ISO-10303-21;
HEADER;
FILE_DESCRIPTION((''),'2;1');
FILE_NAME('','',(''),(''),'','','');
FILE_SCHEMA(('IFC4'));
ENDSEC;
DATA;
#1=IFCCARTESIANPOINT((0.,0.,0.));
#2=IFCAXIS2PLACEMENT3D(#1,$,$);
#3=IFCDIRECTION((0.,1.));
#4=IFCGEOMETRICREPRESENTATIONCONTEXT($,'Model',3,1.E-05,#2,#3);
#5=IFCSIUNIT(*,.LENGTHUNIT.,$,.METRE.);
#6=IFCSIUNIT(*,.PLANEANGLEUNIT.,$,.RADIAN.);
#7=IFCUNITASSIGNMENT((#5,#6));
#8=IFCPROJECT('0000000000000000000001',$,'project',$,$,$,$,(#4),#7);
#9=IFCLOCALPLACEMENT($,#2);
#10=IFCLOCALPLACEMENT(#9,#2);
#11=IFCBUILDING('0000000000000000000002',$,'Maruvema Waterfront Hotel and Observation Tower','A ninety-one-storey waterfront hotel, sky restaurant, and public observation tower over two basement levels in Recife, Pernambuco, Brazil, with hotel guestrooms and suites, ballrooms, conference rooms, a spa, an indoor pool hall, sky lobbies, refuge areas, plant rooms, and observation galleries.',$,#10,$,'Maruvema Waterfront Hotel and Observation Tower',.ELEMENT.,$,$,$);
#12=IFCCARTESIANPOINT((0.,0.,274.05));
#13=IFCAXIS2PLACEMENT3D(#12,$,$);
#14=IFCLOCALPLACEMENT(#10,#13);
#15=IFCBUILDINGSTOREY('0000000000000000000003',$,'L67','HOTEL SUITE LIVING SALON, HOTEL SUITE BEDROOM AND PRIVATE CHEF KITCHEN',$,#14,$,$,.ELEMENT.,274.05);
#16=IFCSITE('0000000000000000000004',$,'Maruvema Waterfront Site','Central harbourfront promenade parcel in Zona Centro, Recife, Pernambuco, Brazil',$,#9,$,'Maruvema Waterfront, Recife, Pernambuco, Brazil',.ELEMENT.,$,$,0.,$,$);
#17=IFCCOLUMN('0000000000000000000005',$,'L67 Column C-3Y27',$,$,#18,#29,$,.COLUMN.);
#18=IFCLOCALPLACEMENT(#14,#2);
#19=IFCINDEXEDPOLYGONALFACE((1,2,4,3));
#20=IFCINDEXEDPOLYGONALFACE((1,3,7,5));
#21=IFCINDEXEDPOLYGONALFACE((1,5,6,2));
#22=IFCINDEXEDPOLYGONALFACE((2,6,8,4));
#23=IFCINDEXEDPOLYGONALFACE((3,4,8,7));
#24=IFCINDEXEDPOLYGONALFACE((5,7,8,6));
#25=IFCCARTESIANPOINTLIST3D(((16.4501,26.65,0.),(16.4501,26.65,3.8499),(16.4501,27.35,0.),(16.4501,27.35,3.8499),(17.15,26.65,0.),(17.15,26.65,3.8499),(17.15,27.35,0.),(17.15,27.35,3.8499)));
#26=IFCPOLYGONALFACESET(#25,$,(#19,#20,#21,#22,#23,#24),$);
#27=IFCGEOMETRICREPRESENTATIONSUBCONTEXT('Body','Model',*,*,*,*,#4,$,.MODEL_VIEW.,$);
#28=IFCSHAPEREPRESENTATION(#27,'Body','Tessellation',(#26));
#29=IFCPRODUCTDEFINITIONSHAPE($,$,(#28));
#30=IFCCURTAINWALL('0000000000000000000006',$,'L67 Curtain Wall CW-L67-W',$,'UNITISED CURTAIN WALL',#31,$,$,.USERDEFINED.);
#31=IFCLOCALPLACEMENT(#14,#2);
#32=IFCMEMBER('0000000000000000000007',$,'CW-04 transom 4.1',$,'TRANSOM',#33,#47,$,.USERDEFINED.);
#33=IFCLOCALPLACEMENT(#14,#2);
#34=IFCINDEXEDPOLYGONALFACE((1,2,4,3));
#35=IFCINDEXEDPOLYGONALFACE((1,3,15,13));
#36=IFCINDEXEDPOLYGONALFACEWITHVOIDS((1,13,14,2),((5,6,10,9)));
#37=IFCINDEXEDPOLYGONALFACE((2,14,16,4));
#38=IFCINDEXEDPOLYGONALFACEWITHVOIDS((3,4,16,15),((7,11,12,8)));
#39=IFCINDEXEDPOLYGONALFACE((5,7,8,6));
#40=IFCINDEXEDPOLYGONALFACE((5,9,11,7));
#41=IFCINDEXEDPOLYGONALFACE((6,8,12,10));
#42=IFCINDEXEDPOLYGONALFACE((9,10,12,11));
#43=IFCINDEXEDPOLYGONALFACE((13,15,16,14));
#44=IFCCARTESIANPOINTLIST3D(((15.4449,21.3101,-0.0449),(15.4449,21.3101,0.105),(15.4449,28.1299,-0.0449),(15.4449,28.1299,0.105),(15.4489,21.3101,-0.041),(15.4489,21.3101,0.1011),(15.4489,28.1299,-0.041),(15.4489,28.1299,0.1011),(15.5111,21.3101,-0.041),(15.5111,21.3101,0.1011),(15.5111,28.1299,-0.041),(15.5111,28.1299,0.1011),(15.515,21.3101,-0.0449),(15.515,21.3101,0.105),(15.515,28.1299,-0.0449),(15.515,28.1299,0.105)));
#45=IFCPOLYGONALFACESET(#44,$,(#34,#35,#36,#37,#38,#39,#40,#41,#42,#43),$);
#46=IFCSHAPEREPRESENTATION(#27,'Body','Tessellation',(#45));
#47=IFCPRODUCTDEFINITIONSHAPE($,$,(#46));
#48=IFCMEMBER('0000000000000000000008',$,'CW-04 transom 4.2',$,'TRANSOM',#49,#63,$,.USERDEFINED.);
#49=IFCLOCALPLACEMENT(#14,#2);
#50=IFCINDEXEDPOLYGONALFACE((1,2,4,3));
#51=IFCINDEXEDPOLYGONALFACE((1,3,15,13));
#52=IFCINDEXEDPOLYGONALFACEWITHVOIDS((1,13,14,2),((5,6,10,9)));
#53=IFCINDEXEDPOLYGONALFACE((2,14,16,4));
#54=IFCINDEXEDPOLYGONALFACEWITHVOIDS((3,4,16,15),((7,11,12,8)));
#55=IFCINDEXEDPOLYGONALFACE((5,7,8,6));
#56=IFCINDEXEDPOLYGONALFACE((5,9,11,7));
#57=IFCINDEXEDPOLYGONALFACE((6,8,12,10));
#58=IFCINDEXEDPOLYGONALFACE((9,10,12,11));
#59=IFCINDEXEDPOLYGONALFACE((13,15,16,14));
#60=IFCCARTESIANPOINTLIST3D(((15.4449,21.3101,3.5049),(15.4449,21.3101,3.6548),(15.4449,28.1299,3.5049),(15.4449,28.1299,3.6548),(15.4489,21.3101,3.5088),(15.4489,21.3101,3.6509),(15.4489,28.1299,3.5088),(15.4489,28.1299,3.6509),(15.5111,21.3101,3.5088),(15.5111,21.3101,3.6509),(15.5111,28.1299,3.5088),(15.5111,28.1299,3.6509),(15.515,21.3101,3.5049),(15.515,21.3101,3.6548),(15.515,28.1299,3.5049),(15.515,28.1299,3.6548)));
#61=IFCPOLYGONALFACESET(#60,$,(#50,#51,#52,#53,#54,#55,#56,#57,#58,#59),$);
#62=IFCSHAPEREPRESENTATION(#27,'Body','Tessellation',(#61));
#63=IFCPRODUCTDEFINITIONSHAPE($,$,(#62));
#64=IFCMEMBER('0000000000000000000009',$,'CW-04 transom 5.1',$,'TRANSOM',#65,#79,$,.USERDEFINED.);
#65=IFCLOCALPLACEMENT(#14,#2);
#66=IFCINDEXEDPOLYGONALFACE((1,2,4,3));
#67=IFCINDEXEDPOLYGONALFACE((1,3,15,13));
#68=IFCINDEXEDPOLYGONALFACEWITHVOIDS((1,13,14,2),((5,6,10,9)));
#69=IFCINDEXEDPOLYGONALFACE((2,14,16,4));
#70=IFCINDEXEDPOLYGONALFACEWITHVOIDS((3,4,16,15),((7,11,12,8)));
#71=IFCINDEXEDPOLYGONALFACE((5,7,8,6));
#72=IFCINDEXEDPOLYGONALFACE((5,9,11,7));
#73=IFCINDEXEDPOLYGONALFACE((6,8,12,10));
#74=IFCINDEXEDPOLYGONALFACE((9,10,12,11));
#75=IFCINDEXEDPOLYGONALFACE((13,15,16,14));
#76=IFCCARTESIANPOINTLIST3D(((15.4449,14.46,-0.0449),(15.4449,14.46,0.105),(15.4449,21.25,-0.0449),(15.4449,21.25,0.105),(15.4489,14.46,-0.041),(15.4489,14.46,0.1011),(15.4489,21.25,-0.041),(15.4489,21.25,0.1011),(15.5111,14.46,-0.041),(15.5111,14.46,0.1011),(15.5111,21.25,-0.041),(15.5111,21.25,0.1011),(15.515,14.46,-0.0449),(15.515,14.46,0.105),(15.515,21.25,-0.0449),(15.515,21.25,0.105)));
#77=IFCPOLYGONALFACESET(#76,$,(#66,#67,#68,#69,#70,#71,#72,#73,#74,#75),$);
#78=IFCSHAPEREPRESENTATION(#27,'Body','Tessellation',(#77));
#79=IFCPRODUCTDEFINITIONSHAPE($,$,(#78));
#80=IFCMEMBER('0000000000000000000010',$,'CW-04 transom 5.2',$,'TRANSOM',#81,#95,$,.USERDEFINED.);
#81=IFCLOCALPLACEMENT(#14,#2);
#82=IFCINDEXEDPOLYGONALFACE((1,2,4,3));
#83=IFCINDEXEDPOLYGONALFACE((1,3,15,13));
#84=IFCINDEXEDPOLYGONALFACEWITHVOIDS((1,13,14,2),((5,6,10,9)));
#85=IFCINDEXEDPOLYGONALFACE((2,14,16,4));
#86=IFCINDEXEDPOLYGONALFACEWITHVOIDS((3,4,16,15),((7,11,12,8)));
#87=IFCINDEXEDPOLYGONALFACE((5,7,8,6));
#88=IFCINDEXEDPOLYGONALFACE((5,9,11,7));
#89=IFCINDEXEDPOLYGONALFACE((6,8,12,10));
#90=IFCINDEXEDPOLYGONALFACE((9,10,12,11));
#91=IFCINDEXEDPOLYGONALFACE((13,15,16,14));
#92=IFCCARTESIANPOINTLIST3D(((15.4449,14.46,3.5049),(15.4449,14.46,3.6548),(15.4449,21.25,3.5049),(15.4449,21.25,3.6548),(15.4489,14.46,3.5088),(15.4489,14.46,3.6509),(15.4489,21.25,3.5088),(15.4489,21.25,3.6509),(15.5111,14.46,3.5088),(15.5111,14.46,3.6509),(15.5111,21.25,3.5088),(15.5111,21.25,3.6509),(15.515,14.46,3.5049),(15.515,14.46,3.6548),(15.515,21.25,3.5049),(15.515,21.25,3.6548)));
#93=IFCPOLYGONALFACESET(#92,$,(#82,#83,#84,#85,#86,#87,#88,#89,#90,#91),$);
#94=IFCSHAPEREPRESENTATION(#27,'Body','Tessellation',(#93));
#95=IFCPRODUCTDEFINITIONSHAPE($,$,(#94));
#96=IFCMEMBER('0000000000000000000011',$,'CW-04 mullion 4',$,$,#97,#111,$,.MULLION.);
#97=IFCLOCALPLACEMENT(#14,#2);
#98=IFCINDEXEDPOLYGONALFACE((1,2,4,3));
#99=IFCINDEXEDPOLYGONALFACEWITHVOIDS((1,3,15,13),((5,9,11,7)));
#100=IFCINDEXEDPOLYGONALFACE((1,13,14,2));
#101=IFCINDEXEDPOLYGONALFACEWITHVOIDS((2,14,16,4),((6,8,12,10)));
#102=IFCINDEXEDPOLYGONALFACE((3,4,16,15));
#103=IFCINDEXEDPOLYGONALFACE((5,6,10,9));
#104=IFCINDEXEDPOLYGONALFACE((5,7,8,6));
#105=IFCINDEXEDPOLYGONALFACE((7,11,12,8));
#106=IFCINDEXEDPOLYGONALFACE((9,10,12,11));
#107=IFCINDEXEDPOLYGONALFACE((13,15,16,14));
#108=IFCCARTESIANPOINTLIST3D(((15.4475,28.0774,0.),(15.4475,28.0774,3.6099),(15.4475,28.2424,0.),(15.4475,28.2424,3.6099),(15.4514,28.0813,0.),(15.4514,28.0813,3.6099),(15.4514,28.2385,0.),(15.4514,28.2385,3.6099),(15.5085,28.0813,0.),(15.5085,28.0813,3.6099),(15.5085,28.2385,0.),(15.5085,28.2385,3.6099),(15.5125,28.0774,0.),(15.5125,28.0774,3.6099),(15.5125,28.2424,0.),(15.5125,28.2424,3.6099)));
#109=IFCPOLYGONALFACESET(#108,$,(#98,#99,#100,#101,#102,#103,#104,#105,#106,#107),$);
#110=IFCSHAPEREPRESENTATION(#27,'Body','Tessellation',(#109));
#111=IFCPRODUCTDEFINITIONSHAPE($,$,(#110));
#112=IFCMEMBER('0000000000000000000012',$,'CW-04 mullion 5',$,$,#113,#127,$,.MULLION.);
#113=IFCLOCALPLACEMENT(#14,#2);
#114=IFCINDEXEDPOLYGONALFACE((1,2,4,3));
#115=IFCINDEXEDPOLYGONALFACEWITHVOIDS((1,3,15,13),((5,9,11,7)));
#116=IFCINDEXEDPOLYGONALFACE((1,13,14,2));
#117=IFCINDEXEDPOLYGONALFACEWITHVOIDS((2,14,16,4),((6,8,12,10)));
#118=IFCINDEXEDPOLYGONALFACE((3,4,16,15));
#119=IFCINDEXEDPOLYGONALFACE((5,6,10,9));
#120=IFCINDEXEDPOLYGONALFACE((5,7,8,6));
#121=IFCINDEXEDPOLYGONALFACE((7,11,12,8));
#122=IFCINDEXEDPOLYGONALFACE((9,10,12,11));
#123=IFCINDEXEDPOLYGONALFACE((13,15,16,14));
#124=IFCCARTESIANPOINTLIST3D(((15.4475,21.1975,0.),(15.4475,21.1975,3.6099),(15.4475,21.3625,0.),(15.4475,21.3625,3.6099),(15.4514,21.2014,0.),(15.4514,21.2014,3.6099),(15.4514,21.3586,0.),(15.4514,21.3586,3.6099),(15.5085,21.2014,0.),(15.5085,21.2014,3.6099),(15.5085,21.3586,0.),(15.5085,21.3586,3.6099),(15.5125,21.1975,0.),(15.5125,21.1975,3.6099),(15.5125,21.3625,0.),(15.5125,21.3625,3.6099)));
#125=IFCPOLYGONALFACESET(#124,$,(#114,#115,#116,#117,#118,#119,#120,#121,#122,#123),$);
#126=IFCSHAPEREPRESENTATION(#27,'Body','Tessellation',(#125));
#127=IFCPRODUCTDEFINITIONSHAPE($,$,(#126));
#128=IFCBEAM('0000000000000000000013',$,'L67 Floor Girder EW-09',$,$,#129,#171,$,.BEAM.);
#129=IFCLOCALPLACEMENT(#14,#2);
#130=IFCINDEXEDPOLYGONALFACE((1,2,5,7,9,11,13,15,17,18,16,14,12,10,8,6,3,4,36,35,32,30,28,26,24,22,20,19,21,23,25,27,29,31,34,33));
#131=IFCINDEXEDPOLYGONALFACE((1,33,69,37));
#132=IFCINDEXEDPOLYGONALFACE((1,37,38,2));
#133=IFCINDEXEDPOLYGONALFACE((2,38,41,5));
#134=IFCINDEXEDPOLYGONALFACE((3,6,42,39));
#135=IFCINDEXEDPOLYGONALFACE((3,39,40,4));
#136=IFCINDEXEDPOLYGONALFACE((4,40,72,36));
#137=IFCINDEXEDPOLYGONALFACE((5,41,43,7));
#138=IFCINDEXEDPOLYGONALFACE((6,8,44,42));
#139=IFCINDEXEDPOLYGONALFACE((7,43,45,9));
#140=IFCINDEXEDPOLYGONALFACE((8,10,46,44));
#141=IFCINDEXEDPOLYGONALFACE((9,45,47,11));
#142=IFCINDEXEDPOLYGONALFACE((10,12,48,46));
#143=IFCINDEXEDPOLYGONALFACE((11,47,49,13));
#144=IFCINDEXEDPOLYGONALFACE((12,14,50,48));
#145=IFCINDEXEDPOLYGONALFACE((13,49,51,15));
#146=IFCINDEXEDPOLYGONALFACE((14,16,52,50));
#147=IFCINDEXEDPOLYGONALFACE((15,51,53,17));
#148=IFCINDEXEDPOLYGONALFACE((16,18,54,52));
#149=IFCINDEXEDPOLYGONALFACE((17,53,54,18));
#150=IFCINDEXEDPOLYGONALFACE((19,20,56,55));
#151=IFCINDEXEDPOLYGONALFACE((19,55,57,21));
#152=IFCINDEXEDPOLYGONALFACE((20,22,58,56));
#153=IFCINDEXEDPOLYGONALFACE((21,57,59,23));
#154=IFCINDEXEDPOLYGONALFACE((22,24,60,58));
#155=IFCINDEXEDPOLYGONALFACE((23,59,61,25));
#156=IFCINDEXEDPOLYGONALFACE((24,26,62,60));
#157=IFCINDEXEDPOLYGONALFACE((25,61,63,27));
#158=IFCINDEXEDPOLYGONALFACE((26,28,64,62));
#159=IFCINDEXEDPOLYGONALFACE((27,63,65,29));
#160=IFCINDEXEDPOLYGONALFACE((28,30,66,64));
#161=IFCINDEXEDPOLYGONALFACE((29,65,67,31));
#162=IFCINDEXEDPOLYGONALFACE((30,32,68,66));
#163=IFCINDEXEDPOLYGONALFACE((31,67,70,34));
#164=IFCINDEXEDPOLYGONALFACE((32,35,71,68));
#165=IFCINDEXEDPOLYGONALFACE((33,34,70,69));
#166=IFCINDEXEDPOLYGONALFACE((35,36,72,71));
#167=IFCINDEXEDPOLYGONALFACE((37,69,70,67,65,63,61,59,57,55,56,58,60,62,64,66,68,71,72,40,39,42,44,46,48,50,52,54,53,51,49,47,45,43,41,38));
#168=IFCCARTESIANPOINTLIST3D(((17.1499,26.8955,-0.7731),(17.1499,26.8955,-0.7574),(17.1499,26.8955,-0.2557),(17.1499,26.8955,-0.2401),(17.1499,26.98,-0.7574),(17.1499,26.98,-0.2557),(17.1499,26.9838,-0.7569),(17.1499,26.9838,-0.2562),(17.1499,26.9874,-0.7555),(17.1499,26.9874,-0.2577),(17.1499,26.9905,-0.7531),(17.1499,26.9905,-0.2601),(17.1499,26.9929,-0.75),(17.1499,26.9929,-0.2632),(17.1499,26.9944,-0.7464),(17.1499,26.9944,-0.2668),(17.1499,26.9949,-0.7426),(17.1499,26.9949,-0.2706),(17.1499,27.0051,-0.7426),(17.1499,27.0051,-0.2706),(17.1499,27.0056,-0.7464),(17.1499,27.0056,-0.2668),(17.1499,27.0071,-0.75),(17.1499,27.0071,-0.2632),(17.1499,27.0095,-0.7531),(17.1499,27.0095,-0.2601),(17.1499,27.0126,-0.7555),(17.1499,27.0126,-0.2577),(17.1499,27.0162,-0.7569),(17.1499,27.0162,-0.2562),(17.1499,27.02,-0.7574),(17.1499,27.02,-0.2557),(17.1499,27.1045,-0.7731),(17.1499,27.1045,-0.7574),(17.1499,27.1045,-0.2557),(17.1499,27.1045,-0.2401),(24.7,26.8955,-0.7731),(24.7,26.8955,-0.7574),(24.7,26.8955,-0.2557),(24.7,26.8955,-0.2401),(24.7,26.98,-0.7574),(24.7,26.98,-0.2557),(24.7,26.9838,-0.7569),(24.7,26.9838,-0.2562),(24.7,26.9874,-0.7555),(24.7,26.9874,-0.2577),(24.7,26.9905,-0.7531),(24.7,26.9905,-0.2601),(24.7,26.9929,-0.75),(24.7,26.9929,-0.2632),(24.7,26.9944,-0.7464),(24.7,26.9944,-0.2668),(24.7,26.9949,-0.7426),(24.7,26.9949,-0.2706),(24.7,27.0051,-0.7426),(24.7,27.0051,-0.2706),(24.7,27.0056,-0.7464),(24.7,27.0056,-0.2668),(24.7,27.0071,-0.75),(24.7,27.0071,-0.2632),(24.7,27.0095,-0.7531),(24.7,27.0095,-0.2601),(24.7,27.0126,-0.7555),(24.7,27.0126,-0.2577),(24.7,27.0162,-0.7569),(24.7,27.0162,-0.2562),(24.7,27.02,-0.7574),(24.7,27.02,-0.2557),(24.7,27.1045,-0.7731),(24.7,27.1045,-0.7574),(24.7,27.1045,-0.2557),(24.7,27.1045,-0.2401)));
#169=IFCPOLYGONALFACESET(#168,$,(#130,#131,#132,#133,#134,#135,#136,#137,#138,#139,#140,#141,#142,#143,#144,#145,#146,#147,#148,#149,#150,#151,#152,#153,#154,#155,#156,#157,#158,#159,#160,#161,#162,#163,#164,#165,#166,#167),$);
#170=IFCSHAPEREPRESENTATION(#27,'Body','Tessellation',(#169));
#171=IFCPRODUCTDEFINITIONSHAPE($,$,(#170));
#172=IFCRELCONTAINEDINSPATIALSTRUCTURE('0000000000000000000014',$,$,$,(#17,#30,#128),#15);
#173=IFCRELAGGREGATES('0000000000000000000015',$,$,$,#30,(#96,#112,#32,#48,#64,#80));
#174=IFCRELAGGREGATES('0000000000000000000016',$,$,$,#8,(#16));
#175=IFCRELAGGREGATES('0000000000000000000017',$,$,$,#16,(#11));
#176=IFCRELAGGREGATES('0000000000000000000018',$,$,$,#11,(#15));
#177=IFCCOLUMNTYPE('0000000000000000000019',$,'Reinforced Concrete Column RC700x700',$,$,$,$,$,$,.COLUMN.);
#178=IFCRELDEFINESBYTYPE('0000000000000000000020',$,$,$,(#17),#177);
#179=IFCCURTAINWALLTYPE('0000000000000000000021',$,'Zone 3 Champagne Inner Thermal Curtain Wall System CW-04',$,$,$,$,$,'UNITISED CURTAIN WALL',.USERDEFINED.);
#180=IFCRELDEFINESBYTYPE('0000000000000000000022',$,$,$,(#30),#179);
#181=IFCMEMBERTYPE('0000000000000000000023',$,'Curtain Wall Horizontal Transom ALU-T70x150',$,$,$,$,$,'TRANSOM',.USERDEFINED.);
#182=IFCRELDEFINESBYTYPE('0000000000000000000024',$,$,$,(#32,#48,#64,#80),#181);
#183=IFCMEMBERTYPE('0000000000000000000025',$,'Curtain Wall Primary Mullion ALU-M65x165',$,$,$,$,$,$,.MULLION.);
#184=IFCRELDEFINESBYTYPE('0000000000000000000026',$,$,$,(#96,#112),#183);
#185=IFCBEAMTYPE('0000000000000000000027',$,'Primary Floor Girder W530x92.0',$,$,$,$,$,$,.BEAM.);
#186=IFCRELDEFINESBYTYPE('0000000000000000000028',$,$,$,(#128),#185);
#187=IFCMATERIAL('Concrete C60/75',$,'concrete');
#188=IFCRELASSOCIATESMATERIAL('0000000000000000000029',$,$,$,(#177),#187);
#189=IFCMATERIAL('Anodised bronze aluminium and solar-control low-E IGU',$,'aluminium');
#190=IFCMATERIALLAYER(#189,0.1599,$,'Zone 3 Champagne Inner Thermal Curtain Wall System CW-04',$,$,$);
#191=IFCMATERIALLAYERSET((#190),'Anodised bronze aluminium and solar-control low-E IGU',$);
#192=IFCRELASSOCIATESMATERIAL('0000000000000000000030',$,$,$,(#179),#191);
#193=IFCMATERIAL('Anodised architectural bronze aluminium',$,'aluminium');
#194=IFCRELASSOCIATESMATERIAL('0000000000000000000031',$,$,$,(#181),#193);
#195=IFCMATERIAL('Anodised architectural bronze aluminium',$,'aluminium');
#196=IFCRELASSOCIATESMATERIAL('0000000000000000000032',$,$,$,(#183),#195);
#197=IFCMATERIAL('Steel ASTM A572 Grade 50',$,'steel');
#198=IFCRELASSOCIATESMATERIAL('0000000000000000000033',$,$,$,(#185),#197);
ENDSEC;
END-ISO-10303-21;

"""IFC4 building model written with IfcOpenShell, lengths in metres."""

from ifc_helpers import new_model, si_unit, direction, frame, origin, origin_2d, place, context, subcontext, project, spatial, rectangle, hollow_rectangle, i_section, extrude, material, layer, layer_set, material_profile, profile_set, type_object, element, aggregate, save


model = new_model("IFC4")

# Units and contexts
model_context = context("Model", 3, precision=1e-05, world=origin(), true_north=direction((0.0, 1.0)))
body_context = subcontext(model_context, "Body", "Model", "MODEL_VIEW")
ifc_project = project(units=[si_unit("LENGTHUNIT", "METRE"), si_unit("PLANEANGLEUNIT", "RADIAN")], contexts=[model_context])

# Site, building, storey
site_placement = place(None, origin())
site = spatial("IfcSite", under=ifc_project, at=site_placement, Name="Maruvema Waterfront Site", Description="Central harbourfront promenade parcel in Zona Centro, Recife, Pernambuco, Brazil", LongName="Maruvema Waterfront, Recife, Pernambuco, Brazil", CompositionType="ELEMENT", RefElevation=0.0)
building_placement = place(site_placement, origin())
building = spatial("IfcBuilding", under=site, at=building_placement, Name="Maruvema Waterfront Hotel and Observation Tower", Description="A ninety-one-storey waterfront hotel, sky restaurant, and public observation tower over two basement levels in Recife, Pernambuco, Brazil, with hotel guestrooms and suites, ballrooms, conference rooms, a spa, an indoor pool hall, sky lobbies, refuge areas, plant rooms, and observation galleries.", LongName="Maruvema Waterfront Hotel and Observation Tower", CompositionType="ELEMENT")
storey_placement = place(building_placement, frame((0.0, 0.0, 274.05)))
storey = spatial("IfcBuildingStorey", under=building, at=storey_placement, Name="L67", Description="HOTEL SUITE LIVING SALON, HOTEL SUITE BEDROOM AND PRIVATE CHEF KITCHEN", CompositionType="ELEMENT", Elevation=274.05)

# Column
ifc_material_1 = material(Name="Concrete C60/75", Category="concrete")
ifc_material_profile_1 = material_profile(ifc_material_1, rectangle(XDim=0.7, YDim=0.7, at=origin_2d()), Name="RC700x700")
ifc_profile_set_1 = profile_set([ifc_material_profile_1], Name="Concrete C60/75")
column_type = type_object("IfcColumnType", Name="Reinforced Concrete Column RC700x700", PredefinedType="COLUMN", material=ifc_profile_set_1)
column_placement = place(storey_placement, frame((16.8, 27.0, 0.0), z_axis=(0.0, 0.0, 1.0), x_axis=(1.0, 0.0, 0.0)))
element("IfcColumn", 1, at=column_placement, inside=storey, type_object=column_type, Name="L67 Column C-3Y27", PredefinedType="COLUMN", context=body_context, shape_type="SweptSolid", body=[
    extrude(rectangle(XDim=0.7, YDim=0.7, at=origin_2d()), origin(), (0.0, 0.0, 1.0), 3.8499),
])

# Curtain wall, members
ifc_material_2 = material(Name="Anodised bronze aluminium and solar-control low-E IGU", Category="aluminium")
ifc_layer_1 = layer(ifc_material_2, 0.1599, Name="Zone 3 Champagne Inner Thermal Curtain Wall System CW-04")
ifc_layer_set_1 = layer_set([ifc_layer_1], Name="Anodised bronze aluminium and solar-control low-E IGU")
curtain_wall_type = type_object("IfcCurtainWallType", Name="Zone 3 Champagne Inner Thermal Curtain Wall System CW-04", ElementType="UNITISED CURTAIN WALL", PredefinedType="USERDEFINED", material=ifc_layer_set_1)
curtain_wall_placement = place(storey_placement, origin())
curtain_wall = element("IfcCurtainWall", 2, at=curtain_wall_placement, inside=storey, type_object=curtain_wall_type, Name="L67 Curtain Wall CW-L67-W", ObjectType="UNITISED CURTAIN WALL", PredefinedType="USERDEFINED")
ifc_material_3 = material(Name="Anodised architectural bronze aluminium", Category="aluminium")
ifc_material_profile_2 = material_profile(ifc_material_3, hollow_rectangle(XDim=0.0701, YDim=0.1499, WallThickness=0.0039, at=origin_2d()), Name="ALU-T70x150")
ifc_profile_set_2 = profile_set([ifc_material_profile_2], Name="Anodised architectural bronze aluminium")
member_type_1 = type_object("IfcMemberType", Name="Curtain Wall Horizontal Transom ALU-T70x150", ElementType="TRANSOM", PredefinedType="USERDEFINED", material=ifc_profile_set_2)
member_1_placement = place(storey_placement, frame((15.48, 28.1299, 0.03), z_axis=(0.0, -1.0, 0.0), x_axis=(1.0, 0.0, 0.0)))
member_1 = element("IfcMember", 3, at=member_1_placement, type_object=member_type_1, Name="CW-04 transom 4.1", ObjectType="TRANSOM", PredefinedType="USERDEFINED", context=body_context, shape_type="SweptSolid", body=[
    extrude(hollow_rectangle(XDim=0.0701, YDim=0.1499, WallThickness=0.0039, at=origin_2d()), origin(), (0.0, 0.0, 1.0), 6.8198),
])
member_2_placement = place(storey_placement, frame((15.48, 28.1299, 3.5798), z_axis=(0.0, -1.0, 0.0), x_axis=(1.0, 0.0, 0.0)))
member_2 = element("IfcMember", 4, at=member_2_placement, type_object=member_type_1, Name="CW-04 transom 4.2", ObjectType="TRANSOM", PredefinedType="USERDEFINED", context=body_context, shape_type="SweptSolid", body=[
    extrude(hollow_rectangle(XDim=0.0701, YDim=0.1499, WallThickness=0.0039, at=origin_2d()), origin(), (0.0, 0.0, 1.0), 6.8198),
])
member_3_placement = place(storey_placement, frame((15.48, 21.25, 0.03), z_axis=(0.0, -1.0, 0.0), x_axis=(1.0, 0.0, 0.0)))
member_3 = element("IfcMember", 5, at=member_3_placement, type_object=member_type_1, Name="CW-04 transom 5.1", ObjectType="TRANSOM", PredefinedType="USERDEFINED", context=body_context, shape_type="SweptSolid", body=[
    extrude(hollow_rectangle(XDim=0.0701, YDim=0.1499, WallThickness=0.0039, at=origin_2d()), origin(), (0.0, 0.0, 1.0), 6.79),
])
member_4_placement = place(storey_placement, frame((15.48, 21.25, 3.5798), z_axis=(0.0, -1.0, 0.0), x_axis=(1.0, 0.0, 0.0)))
member_4 = element("IfcMember", 6, at=member_4_placement, type_object=member_type_1, Name="CW-04 transom 5.2", ObjectType="TRANSOM", PredefinedType="USERDEFINED", context=body_context, shape_type="SweptSolid", body=[
    extrude(hollow_rectangle(XDim=0.0701, YDim=0.1499, WallThickness=0.0039, at=origin_2d()), origin(), (0.0, 0.0, 1.0), 6.79),
])
ifc_material_4 = material(Name="Anodised architectural bronze aluminium", Category="aluminium")
ifc_material_profile_3 = material_profile(ifc_material_4, hollow_rectangle(XDim=0.0649, YDim=0.165, WallThickness=0.0039, at=origin_2d()), Name="ALU-M65x165")
ifc_profile_set_3 = profile_set([ifc_material_profile_3], Name="Anodised architectural bronze aluminium")
member_type_2 = type_object("IfcMemberType", Name="Curtain Wall Primary Mullion ALU-M65x165", PredefinedType="MULLION", material=ifc_profile_set_3)
member_5_placement = place(storey_placement, frame((15.48, 28.1599, 0.0), z_axis=(0.0, 0.0, 1.0), x_axis=(1.0, 0.0, 0.0)))
member_5 = element("IfcMember", 7, at=member_5_placement, type_object=member_type_2, Name="CW-04 mullion 4", PredefinedType="MULLION", context=body_context, shape_type="SweptSolid", body=[
    extrude(hollow_rectangle(XDim=0.0649, YDim=0.165, WallThickness=0.0039, at=origin_2d()), origin(), (0.0, 0.0, 1.0), 3.6099),
])
member_6_placement = place(storey_placement, frame((15.48, 21.28, 0.0), z_axis=(0.0, 0.0, 1.0), x_axis=(1.0, 0.0, 0.0)))
member_6 = element("IfcMember", 8, at=member_6_placement, type_object=member_type_2, Name="CW-04 mullion 5", PredefinedType="MULLION", context=body_context, shape_type="SweptSolid", body=[
    extrude(hollow_rectangle(XDim=0.0649, YDim=0.165, WallThickness=0.0039, at=origin_2d()), origin(), (0.0, 0.0, 1.0), 3.6099),
])

# Beam
ifc_material_5 = material(Name="Steel ASTM A572 Grade 50", Category="steel")
ifc_material_profile_4 = material_profile(ifc_material_5, i_section(OverallWidth=0.209, OverallDepth=0.533, WebThickness=0.0103, FlangeThickness=0.0156, FilletRadius=0.0149, at=origin_2d()), Name="W530x92.0")
ifc_profile_set_4 = profile_set([ifc_material_profile_4], Name="Steel ASTM A572 Grade 50")
beam_type = type_object("IfcBeamType", Name="Primary Floor Girder W530x92.0", PredefinedType="BEAM", material=ifc_profile_set_4)
beam_placement = place(storey_placement, frame((17.1499, 27.0, -0.5066), z_axis=(1.0, 0.0, 0.0), x_axis=(0.0, 1.0, 0.0)))
element("IfcBeam", 9, at=beam_placement, inside=storey, type_object=beam_type, Name="L67 Floor Girder EW-09", PredefinedType="BEAM", context=body_context, shape_type="SweptSolid", body=[
    extrude(i_section(OverallWidth=0.209, OverallDepth=0.533, WebThickness=0.0103, FlangeThickness=0.0156, FilletRadius=0.0149, at=origin_2d()), origin(), (0.0, 0.0, 1.0), 7.55),
])

aggregate(curtain_wall, [member_5, member_6, member_1, member_2, member_3, member_4])

save(model, "model.ifc")
